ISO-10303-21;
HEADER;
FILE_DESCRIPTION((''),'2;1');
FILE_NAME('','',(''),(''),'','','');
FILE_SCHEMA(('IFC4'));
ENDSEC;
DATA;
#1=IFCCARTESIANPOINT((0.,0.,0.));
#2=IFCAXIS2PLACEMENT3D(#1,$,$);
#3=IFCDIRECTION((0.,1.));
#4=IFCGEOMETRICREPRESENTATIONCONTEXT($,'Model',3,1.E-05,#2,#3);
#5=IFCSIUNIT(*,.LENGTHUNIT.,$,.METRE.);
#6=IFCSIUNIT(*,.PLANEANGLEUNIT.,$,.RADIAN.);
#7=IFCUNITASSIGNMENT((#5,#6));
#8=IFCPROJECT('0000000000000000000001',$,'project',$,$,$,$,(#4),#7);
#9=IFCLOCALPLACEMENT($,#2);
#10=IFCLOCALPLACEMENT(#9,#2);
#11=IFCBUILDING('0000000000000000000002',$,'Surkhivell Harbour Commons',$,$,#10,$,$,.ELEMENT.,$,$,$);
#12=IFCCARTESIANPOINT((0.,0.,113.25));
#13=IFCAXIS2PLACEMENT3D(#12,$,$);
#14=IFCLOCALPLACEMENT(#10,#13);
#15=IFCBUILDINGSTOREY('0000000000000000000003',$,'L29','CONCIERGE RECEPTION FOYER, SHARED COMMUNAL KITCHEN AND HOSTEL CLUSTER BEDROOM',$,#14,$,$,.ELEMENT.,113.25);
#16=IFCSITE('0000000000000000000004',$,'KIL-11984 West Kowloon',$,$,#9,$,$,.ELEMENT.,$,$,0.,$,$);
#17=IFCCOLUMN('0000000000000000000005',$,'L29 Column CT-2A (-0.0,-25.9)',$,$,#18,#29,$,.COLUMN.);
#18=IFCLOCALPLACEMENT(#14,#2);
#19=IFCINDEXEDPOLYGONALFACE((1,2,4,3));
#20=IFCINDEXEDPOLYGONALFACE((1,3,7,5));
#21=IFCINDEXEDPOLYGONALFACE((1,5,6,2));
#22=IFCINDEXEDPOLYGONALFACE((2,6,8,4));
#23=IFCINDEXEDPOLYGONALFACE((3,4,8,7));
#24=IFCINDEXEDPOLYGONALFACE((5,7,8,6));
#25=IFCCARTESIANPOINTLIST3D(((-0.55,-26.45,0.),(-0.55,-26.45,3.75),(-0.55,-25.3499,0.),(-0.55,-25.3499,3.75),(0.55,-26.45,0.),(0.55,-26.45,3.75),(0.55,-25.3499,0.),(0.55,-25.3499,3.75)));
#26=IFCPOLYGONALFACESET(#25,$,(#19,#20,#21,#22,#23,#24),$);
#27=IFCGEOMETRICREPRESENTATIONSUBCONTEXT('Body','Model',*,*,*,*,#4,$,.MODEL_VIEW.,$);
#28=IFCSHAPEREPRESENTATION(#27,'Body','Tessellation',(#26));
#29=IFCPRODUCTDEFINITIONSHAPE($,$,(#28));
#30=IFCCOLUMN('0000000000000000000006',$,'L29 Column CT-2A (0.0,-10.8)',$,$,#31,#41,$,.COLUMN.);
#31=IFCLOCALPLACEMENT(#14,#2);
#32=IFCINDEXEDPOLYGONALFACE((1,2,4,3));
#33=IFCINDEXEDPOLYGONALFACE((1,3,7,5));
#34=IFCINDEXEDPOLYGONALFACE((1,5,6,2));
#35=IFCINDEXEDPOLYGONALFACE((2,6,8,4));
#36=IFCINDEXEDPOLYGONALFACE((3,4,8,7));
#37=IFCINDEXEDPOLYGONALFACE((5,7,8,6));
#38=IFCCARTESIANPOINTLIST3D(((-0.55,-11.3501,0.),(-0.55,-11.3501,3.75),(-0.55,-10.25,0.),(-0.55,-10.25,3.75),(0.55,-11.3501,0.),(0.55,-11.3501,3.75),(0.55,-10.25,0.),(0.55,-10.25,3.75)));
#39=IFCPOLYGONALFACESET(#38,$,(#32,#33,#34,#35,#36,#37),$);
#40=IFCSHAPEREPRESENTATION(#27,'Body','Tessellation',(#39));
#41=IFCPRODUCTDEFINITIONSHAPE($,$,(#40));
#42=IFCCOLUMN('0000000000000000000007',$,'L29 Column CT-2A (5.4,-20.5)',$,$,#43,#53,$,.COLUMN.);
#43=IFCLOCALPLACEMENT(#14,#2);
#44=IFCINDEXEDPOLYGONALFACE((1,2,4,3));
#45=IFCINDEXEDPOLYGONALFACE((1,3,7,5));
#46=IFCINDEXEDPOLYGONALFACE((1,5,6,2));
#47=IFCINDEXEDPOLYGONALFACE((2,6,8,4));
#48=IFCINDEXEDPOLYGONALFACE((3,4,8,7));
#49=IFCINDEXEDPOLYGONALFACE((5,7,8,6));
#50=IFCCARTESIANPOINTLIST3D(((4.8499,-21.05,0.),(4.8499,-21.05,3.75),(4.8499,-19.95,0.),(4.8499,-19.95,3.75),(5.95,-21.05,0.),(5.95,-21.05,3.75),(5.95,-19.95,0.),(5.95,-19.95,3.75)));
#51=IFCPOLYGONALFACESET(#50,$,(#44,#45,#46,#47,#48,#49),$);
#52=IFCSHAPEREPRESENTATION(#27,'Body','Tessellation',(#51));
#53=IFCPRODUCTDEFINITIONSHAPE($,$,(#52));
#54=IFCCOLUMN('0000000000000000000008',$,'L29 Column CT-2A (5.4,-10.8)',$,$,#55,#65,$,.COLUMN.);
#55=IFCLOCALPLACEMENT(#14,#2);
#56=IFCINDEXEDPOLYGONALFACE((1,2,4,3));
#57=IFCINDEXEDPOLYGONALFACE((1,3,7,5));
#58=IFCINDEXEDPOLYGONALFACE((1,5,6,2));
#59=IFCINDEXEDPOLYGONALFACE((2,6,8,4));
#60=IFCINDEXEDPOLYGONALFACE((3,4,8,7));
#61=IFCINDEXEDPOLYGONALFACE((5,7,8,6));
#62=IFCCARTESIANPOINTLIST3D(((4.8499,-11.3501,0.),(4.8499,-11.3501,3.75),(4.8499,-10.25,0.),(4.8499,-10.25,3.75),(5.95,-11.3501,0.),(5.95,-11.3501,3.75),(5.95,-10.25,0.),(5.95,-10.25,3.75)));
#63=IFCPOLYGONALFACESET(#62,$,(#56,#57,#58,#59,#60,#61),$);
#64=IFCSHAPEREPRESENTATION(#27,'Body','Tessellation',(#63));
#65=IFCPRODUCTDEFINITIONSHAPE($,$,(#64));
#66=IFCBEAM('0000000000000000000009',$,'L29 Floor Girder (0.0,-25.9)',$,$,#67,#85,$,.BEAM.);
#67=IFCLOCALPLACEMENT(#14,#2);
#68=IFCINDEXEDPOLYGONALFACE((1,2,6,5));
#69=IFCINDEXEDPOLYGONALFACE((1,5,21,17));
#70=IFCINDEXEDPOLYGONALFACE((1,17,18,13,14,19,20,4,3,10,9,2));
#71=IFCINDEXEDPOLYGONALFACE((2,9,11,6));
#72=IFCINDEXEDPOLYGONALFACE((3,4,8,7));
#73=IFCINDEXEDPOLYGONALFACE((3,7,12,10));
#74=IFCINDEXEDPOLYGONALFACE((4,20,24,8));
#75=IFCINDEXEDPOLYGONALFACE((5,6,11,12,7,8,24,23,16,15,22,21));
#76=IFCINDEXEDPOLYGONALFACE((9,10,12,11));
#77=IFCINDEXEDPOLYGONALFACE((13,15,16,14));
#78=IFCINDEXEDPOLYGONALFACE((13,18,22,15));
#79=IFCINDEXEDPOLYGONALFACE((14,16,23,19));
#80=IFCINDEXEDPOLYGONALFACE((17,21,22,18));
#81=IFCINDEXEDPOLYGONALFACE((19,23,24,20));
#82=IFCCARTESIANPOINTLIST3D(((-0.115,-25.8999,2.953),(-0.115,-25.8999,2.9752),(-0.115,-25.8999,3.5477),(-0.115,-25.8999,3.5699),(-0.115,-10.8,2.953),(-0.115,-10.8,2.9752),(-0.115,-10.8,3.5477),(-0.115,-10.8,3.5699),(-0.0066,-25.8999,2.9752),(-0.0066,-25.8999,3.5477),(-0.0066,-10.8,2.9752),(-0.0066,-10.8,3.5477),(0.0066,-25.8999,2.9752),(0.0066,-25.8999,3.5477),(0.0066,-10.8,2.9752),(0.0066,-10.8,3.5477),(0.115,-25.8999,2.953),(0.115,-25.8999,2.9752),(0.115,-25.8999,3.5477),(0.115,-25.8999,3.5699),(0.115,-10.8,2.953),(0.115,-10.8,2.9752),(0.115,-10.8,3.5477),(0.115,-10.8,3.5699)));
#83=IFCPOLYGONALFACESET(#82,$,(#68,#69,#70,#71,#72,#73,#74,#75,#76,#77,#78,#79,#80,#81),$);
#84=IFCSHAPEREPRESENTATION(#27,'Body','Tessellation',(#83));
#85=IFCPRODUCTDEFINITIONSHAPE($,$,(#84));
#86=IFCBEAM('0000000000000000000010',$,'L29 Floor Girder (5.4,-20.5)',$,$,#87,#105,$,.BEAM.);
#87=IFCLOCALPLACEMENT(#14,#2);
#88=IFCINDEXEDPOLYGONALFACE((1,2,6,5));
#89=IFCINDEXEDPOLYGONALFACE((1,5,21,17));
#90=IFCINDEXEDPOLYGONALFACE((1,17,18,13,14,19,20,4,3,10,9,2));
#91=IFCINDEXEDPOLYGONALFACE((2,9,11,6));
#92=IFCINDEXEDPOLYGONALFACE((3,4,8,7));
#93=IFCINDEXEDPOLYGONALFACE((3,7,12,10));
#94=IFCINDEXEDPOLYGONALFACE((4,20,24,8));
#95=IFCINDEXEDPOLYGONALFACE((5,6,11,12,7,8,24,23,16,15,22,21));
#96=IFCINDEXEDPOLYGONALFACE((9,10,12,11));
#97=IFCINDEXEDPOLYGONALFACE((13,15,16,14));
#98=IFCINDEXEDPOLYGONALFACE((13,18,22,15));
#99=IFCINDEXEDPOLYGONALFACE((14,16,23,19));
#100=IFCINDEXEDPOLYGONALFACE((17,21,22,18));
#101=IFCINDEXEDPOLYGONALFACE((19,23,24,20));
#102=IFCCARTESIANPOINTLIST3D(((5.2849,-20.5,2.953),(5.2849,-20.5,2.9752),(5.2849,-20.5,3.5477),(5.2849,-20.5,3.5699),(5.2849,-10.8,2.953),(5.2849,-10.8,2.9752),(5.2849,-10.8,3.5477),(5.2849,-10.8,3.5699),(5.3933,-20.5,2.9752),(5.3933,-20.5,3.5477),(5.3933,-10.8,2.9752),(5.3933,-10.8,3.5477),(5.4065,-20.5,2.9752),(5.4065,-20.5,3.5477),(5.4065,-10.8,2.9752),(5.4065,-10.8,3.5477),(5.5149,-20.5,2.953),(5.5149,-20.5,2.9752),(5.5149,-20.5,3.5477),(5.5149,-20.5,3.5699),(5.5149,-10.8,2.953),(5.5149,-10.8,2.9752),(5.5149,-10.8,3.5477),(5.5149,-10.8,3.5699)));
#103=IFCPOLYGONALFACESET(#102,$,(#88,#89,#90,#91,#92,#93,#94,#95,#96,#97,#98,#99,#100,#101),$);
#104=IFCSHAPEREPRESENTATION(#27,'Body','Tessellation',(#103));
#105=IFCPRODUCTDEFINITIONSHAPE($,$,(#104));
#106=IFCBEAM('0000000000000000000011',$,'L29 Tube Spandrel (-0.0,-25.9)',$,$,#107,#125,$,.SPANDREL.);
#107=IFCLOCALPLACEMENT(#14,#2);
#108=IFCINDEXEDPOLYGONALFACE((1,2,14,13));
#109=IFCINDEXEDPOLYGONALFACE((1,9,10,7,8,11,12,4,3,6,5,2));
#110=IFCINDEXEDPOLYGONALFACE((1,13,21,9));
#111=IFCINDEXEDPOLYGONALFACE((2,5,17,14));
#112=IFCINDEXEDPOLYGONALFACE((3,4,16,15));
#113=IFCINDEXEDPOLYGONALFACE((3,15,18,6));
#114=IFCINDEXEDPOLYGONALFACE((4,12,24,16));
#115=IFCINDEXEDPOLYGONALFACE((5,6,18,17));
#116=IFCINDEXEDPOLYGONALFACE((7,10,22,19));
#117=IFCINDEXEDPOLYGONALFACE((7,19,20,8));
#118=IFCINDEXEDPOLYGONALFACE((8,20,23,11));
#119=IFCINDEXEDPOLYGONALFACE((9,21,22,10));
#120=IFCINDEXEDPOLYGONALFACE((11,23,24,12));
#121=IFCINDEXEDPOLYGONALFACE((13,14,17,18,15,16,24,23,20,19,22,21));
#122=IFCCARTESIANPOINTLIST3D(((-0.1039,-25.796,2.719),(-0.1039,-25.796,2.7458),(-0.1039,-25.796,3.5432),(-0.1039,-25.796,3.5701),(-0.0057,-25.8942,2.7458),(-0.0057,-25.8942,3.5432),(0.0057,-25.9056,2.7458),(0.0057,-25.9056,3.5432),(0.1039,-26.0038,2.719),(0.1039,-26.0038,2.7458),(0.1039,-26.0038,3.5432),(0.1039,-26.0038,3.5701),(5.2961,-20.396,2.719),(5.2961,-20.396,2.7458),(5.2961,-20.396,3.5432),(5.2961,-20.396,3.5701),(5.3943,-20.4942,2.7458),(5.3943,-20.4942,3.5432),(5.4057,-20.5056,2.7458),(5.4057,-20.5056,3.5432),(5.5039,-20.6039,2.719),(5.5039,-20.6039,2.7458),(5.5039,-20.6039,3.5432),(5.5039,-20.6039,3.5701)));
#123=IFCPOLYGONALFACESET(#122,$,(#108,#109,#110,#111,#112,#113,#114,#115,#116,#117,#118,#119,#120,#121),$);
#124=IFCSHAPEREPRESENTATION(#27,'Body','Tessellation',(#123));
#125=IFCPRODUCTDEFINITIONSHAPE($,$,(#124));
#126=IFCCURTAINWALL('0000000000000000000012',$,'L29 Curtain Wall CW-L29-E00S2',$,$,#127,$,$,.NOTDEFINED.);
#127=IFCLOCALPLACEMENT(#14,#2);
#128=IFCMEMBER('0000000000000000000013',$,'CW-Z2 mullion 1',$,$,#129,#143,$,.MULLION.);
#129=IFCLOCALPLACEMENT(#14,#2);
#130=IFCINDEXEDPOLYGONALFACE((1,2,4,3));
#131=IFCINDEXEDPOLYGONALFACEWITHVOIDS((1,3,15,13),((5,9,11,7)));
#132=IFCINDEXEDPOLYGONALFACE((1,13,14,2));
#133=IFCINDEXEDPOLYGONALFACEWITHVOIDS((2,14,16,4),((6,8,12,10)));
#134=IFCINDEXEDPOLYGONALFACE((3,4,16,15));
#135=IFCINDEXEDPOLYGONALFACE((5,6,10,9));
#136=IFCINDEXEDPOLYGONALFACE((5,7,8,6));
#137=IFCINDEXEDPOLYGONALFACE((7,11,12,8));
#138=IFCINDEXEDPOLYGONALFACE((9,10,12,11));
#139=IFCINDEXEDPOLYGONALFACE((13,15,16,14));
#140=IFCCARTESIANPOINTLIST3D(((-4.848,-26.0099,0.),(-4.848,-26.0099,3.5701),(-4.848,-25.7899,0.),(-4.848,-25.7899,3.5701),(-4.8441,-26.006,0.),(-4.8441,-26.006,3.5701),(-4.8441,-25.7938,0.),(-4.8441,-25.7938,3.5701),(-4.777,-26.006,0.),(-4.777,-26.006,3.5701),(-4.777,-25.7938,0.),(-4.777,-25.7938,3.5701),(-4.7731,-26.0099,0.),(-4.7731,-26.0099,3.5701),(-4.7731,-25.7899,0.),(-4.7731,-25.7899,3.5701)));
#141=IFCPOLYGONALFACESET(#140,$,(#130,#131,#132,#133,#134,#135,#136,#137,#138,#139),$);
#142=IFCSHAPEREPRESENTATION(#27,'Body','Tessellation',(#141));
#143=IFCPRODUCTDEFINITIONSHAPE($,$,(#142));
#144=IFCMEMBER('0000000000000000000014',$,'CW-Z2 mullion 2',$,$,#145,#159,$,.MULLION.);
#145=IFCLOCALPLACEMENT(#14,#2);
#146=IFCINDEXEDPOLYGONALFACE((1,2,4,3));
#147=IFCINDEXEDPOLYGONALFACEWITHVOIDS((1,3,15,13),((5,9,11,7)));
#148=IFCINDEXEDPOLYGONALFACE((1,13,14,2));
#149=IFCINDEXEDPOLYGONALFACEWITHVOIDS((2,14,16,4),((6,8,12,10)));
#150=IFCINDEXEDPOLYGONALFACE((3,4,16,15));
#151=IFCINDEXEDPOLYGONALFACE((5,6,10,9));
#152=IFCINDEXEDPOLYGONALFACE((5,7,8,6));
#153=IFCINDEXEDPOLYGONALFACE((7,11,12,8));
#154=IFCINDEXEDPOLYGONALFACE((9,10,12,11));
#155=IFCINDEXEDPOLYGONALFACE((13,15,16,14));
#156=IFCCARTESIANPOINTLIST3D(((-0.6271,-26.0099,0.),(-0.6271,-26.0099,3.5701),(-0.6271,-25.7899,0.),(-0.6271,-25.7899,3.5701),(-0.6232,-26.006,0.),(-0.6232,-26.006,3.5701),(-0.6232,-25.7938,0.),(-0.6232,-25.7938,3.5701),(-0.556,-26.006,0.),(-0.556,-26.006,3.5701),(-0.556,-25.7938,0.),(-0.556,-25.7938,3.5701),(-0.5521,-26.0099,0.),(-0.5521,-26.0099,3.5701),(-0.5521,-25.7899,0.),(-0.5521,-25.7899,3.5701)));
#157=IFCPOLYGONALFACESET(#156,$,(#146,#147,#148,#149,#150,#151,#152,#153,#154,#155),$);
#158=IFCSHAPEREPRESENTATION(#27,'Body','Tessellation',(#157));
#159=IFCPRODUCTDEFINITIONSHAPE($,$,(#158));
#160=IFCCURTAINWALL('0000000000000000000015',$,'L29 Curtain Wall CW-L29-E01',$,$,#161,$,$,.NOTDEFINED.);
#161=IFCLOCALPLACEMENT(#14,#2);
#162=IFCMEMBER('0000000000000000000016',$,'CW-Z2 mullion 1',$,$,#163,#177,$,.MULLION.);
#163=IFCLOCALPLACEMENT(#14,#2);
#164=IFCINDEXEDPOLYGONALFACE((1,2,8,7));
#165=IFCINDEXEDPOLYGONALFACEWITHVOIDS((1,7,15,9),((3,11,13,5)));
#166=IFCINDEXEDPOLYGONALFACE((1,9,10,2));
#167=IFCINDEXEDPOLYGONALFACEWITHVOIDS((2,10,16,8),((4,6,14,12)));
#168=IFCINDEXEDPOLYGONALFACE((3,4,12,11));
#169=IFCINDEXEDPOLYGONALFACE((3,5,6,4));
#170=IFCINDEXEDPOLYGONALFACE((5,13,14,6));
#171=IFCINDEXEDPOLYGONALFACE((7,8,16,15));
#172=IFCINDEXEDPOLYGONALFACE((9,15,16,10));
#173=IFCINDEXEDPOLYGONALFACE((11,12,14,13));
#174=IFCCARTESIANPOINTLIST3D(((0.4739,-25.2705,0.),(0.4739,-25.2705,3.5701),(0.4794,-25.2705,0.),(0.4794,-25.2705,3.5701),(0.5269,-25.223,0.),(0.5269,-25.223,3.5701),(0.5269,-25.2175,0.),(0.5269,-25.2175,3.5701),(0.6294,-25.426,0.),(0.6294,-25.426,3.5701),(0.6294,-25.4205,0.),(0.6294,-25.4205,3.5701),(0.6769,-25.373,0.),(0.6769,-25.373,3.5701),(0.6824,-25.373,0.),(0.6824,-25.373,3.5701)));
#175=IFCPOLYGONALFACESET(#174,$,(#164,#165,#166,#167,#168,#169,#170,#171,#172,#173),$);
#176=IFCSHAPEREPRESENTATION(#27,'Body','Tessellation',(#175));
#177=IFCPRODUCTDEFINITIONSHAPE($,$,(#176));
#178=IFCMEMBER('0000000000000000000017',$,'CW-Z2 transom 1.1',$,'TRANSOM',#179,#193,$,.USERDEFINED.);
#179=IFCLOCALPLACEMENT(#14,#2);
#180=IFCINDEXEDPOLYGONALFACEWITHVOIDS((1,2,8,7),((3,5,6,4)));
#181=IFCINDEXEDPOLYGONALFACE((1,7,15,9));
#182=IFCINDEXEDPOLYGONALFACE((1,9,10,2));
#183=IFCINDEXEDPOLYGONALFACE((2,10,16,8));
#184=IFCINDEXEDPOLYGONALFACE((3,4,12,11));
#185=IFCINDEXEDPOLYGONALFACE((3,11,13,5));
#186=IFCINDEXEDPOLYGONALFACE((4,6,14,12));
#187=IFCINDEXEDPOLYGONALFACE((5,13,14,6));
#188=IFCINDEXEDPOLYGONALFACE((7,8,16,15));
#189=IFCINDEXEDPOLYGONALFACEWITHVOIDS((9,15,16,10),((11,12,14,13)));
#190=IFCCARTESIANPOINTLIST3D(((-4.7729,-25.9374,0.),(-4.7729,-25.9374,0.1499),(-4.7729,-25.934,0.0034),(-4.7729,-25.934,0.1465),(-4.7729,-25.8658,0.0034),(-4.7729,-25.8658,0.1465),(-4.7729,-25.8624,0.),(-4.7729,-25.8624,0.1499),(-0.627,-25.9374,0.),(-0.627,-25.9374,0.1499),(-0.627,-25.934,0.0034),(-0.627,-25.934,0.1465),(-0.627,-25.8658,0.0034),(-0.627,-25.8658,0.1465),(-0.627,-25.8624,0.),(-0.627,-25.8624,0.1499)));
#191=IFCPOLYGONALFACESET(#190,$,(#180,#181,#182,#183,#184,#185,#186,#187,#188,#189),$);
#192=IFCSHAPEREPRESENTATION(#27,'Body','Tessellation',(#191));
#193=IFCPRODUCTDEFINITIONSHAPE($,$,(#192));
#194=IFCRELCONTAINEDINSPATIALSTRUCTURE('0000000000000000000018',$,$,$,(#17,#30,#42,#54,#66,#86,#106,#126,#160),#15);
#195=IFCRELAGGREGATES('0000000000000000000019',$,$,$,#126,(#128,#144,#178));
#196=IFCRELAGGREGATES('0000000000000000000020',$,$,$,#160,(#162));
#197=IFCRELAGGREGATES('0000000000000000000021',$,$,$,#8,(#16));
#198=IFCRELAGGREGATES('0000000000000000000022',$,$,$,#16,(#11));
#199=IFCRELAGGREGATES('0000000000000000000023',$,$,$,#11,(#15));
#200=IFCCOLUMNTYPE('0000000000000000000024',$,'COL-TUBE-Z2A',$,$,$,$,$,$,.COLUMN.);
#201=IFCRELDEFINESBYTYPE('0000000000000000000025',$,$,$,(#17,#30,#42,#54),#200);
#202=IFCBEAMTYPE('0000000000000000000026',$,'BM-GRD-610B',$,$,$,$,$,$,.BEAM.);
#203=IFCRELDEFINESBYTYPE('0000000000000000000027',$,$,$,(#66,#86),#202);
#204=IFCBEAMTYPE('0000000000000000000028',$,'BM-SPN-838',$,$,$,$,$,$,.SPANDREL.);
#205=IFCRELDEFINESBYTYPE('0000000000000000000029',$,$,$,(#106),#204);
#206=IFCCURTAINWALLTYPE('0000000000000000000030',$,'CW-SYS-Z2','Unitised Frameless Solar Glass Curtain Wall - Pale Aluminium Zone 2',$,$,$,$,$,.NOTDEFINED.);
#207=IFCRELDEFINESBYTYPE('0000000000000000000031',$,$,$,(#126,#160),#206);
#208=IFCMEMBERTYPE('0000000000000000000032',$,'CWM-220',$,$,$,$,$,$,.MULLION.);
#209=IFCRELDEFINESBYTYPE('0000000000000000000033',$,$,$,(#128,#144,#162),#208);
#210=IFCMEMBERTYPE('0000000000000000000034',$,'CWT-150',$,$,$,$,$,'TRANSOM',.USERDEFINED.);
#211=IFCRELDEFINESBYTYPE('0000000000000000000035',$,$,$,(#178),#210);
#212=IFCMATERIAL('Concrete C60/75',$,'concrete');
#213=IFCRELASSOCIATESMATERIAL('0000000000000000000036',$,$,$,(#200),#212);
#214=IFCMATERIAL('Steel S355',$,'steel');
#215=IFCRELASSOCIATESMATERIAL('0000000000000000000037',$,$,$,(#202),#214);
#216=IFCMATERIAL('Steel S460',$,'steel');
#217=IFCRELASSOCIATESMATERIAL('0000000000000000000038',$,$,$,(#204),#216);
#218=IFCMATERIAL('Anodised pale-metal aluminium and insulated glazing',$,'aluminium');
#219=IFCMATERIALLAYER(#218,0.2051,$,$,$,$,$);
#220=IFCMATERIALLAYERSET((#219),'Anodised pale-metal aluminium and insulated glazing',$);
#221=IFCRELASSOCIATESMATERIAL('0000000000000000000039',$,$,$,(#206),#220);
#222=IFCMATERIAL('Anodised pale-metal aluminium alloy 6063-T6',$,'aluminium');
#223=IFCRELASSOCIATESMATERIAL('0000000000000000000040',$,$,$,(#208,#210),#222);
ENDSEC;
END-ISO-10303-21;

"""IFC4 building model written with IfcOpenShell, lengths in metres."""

from ifc_helpers import new_model, si_unit, direction, frame, origin, origin_2d, place, context, subcontext, project, spatial, rectangle, hollow_rectangle, i_section, extrude, material, layer, layer_set, material_profile, profile_set, type_object, element, aggregate, save


model = new_model("IFC4")

# Units and contexts
model_context = context("Model", 3, precision=1e-05, world=origin(), true_north=direction((0.0, 1.0)))
body_context = subcontext(model_context, "Body", "Model", "MODEL_VIEW")
ifc_project = project(units=[si_unit("LENGTHUNIT", "METRE"), si_unit("PLANEANGLEUNIT", "RADIAN")], contexts=[model_context])

# Site, building, storey
site_placement = place(None, origin())
site = spatial("IfcSite", under=ifc_project, at=site_placement, Name="KIL-11984 West Kowloon", CompositionType="ELEMENT", RefElevation=0.0)
building_placement = place(site_placement, origin())
building = spatial("IfcBuilding", under=site, at=building_placement, Name="Surkhivell Harbour Commons", CompositionType="ELEMENT")
storey_placement = place(building_placement, frame((0.0, 0.0, 113.25)))
storey = spatial("IfcBuildingStorey", under=building, at=storey_placement, Name="L29", Description="CONCIERGE RECEPTION FOYER, SHARED COMMUNAL KITCHEN AND HOSTEL CLUSTER BEDROOM", CompositionType="ELEMENT", Elevation=113.25)

# Columns
ifc_material_1 = material(Name="Concrete C60/75", Category="concrete")
ifc_material_profile_1 = material_profile(ifc_material_1, rectangle(XDim=1.1001, YDim=1.1001, at=origin_2d()), Name="RC-COL-1100x1100")
ifc_profile_set_1 = profile_set([ifc_material_profile_1], Name="Concrete C60/75")
column_type = type_object("IfcColumnType", Name="COL-TUBE-Z2A", PredefinedType="COLUMN", material=ifc_profile_set_1)
for number, where, z_axis, x_axis, name in (
    (1, (0.0, -25.8999, 0.0), (0.0, 0.0, 1.0), (1.0, 0.0, 0.0), "L29 Column CT-2A (-0.0,-25.9)"),
    (2, (0.0, -10.8, 0.0), (0.0, 0.0, 1.0), (1.0, 0.0, 0.0), "L29 Column CT-2A (0.0,-10.8)"),
    (3, (5.3999, -20.5, 0.0), (0.0, 0.0, 1.0), (1.0, 0.0, 0.0), "L29 Column CT-2A (5.4,-20.5)"),
    (4, (5.3999, -10.8, 0.0), (0.0, 0.0, 1.0), (1.0, 0.0, 0.0), "L29 Column CT-2A (5.4,-10.8)"),
):
    element("IfcColumn", number, at=place(storey_placement, frame(where, z_axis=z_axis, x_axis=x_axis)), inside=storey, type_object=column_type, Name=name, PredefinedType="COLUMN", context=body_context, shape_type="SweptSolid", body=[
        extrude(rectangle(XDim=1.1001, YDim=1.1001, at=origin_2d()), origin(), (0.0, 0.0, 1.0), 3.75),
    ])

# Beams
ifc_material_2 = material(Name="Steel S355", Category="steel")
ifc_material_profile_2 = material_profile(ifc_material_2, i_section(OverallWidth=0.23, OverallDepth=0.6169, WebThickness=0.0132, FlangeThickness=0.0222, at=origin_2d()), Name="UB610x229x140")
ifc_profile_set_2 = profile_set([ifc_material_profile_2], Name="Steel S355")
beam_type_1 = type_object("IfcBeamType", Name="BM-GRD-610B", PredefinedType="BEAM", material=ifc_profile_set_2)
beam_1_placement = place(storey_placement, frame((0.0, -25.8999, 3.2615), z_axis=(0.0, 1.0, 0.0), x_axis=(-1.0, 0.0, 0.0)))
element("IfcBeam", 5, at=beam_1_placement, inside=storey, type_object=beam_type_1, Name="L29 Floor Girder (0.0,-25.9)", PredefinedType="BEAM", context=body_context, shape_type="SweptSolid", body=[
    extrude(i_section(OverallWidth=0.23, OverallDepth=0.6169, WebThickness=0.0132, FlangeThickness=0.0222, at=origin_2d()), origin(), (0.0, 0.0, 1.0), 15.0999),
])
beam_2_placement = place(storey_placement, frame((5.3999, -20.5, 3.2615), z_axis=(0.0, 1.0, 0.0), x_axis=(-1.0, 0.0, 0.0)))
element("IfcBeam", 6, at=beam_2_placement, inside=storey, type_object=beam_type_1, Name="L29 Floor Girder (5.4,-20.5)", PredefinedType="BEAM", context=body_context, shape_type="SweptSolid", body=[
    extrude(i_section(OverallWidth=0.23, OverallDepth=0.6169, WebThickness=0.0132, FlangeThickness=0.0222, at=origin_2d()), origin(), (0.0, 0.0, 1.0), 9.7),
])
ifc_material_3 = material(Name="Steel S460", Category="steel")
ifc_material_profile_3 = material_profile(ifc_material_3, i_section(OverallWidth=0.2939, OverallDepth=0.8511, WebThickness=0.0161, FlangeThickness=0.0269, at=origin_2d()), Name="UB838x292x226")
ifc_profile_set_3 = profile_set([ifc_material_profile_3], Name="Steel S460")
beam_type_2 = type_object("IfcBeamType", Name="BM-SPN-838", PredefinedType="SPANDREL", material=ifc_profile_set_3)
beam_3_placement = place(storey_placement, frame((0.0, -25.8999, 3.1445), z_axis=(0.707107, 0.707107, 0.0), x_axis=(-0.707107, 0.707107, 0.0)))
element("IfcBeam", 7, at=beam_3_placement, inside=storey, type_object=beam_type_2, Name="L29 Tube Spandrel (-0.0,-25.9)", PredefinedType="SPANDREL", context=body_context, shape_type="SweptSolid", body=[
    extrude(i_section(OverallWidth=0.2939, OverallDepth=0.8511, WebThickness=0.0161, FlangeThickness=0.0269, at=origin_2d()), origin(), (0.0, 0.0, 1.0), 7.6367),
])

# Curtain wall, members
ifc_material_4 = material(Name="Anodised pale-metal aluminium and insulated glazing", Category="aluminium")
ifc_layer_1 = layer(ifc_material_4, 0.2051)
ifc_layer_set_1 = layer_set([ifc_layer_1], Name="Anodised pale-metal aluminium and insulated glazing")
curtain_wall_type = type_object("IfcCurtainWallType", Name="CW-SYS-Z2", Description="Unitised Frameless Solar Glass Curtain Wall - Pale Aluminium Zone 2", PredefinedType="NOTDEFINED", material=ifc_layer_set_1)
curtain_wall_1_placement = place(storey_placement, origin())
curtain_wall_1 = element("IfcCurtainWall", 8, at=curtain_wall_1_placement, inside=storey, type_object=curtain_wall_type, Name="L29 Curtain Wall CW-L29-E00S2", PredefinedType="NOTDEFINED")
ifc_material_5 = material(Name="Anodised pale-metal aluminium alloy 6063-T6", Category="aluminium")
ifc_material_profile_4 = material_profile(ifc_material_5, hollow_rectangle(XDim=0.075, YDim=0.22, WallThickness=0.0039, at=origin_2d()), Name="ALU-MULL-75x220")
ifc_profile_set_4 = profile_set([ifc_material_profile_4], Name="Anodised pale-metal aluminium alloy 6063-T6")
member_type_1 = type_object("IfcMemberType", Name="CWM-220", PredefinedType="MULLION", material=ifc_profile_set_4)
member_1_placement = place(storey_placement, frame((-4.8105, -25.8999, 0.0), z_axis=(0.0, 0.0, 1.0), x_axis=(1.0, 0.0, 0.0)))
member_1 = element("IfcMember", 9, at=member_1_placement, type_object=member_type_1, Name="CW-Z2 mullion 1", PredefinedType="MULLION", context=body_context, shape_type="SweptSolid", body=[
    extrude(hollow_rectangle(XDim=0.075, YDim=0.22, WallThickness=0.0039, at=origin_2d()), origin(), (0.0, 0.0, 1.0), 3.5701),
])
member_2_placement = place(storey_placement, frame((-0.5896, -25.8999, 0.0), z_axis=(0.0, 0.0, 1.0), x_axis=(1.0, 0.0, 0.0)))
member_2 = element("IfcMember", 10, at=member_2_placement, type_object=member_type_1, Name="CW-Z2 mullion 2", PredefinedType="MULLION", context=body_context, shape_type="SweptSolid", body=[
    extrude(hollow_rectangle(XDim=0.075, YDim=0.22, WallThickness=0.0039, at=origin_2d()), origin(), (0.0, 0.0, 1.0), 3.5701),
])

# Curtain wall, member
curtain_wall_2_placement = place(storey_placement, origin())
curtain_wall_2 = element("IfcCurtainWall", 11, at=curtain_wall_2_placement, inside=storey, type_object=curtain_wall_type, Name="L29 Curtain Wall CW-L29-E01", PredefinedType="NOTDEFINED")
member_3_placement = place(storey_placement, frame((0.5781, -25.3218, 0.0), z_axis=(0.0, 0.0, 1.0), x_axis=(0.707107, 0.707107, 0.0)))
member_3 = element("IfcMember", 12, at=member_3_placement, type_object=member_type_1, Name="CW-Z2 mullion 1", PredefinedType="MULLION", context=body_context, shape_type="SweptSolid", body=[
    extrude(hollow_rectangle(XDim=0.075, YDim=0.22, WallThickness=0.0039, at=origin_2d()), origin(), (0.0, 0.0, 1.0), 3.5701),
])

# Member
ifc_material_profile_5 = material_profile(ifc_material_5, hollow_rectangle(XDim=0.075, YDim=0.1499, WallThickness=0.0034, at=origin_2d()), Name="ALU-TRAN-75x150")
ifc_profile_set_5 = profile_set([ifc_material_profile_5], Name="Anodised pale-metal aluminium alloy 6063-T6")
member_type_2 = type_object("IfcMemberType", Name="CWT-150", ElementType="TRANSOM", PredefinedType="USERDEFINED", material=ifc_profile_set_5)
member_4_placement = place(storey_placement, frame((-4.7729, -25.8999, 0.075), z_axis=(1.0, 0.0, 0.0), x_axis=(0.0, 1.0, 0.0)))
member_4 = element("IfcMember", 13, at=member_4_placement, type_object=member_type_2, Name="CW-Z2 transom 1.1", ObjectType="TRANSOM", PredefinedType="USERDEFINED", context=body_context, shape_type="SweptSolid", body=[
    extrude(hollow_rectangle(XDim=0.075, YDim=0.1499, WallThickness=0.0034, at=origin_2d()), origin(), (0.0, 0.0, 1.0), 4.146),
])

aggregate(curtain_wall_1, [member_1, member_2, member_4])
aggregate(curtain_wall_2, [member_3])

save(model, "model.ifc")
